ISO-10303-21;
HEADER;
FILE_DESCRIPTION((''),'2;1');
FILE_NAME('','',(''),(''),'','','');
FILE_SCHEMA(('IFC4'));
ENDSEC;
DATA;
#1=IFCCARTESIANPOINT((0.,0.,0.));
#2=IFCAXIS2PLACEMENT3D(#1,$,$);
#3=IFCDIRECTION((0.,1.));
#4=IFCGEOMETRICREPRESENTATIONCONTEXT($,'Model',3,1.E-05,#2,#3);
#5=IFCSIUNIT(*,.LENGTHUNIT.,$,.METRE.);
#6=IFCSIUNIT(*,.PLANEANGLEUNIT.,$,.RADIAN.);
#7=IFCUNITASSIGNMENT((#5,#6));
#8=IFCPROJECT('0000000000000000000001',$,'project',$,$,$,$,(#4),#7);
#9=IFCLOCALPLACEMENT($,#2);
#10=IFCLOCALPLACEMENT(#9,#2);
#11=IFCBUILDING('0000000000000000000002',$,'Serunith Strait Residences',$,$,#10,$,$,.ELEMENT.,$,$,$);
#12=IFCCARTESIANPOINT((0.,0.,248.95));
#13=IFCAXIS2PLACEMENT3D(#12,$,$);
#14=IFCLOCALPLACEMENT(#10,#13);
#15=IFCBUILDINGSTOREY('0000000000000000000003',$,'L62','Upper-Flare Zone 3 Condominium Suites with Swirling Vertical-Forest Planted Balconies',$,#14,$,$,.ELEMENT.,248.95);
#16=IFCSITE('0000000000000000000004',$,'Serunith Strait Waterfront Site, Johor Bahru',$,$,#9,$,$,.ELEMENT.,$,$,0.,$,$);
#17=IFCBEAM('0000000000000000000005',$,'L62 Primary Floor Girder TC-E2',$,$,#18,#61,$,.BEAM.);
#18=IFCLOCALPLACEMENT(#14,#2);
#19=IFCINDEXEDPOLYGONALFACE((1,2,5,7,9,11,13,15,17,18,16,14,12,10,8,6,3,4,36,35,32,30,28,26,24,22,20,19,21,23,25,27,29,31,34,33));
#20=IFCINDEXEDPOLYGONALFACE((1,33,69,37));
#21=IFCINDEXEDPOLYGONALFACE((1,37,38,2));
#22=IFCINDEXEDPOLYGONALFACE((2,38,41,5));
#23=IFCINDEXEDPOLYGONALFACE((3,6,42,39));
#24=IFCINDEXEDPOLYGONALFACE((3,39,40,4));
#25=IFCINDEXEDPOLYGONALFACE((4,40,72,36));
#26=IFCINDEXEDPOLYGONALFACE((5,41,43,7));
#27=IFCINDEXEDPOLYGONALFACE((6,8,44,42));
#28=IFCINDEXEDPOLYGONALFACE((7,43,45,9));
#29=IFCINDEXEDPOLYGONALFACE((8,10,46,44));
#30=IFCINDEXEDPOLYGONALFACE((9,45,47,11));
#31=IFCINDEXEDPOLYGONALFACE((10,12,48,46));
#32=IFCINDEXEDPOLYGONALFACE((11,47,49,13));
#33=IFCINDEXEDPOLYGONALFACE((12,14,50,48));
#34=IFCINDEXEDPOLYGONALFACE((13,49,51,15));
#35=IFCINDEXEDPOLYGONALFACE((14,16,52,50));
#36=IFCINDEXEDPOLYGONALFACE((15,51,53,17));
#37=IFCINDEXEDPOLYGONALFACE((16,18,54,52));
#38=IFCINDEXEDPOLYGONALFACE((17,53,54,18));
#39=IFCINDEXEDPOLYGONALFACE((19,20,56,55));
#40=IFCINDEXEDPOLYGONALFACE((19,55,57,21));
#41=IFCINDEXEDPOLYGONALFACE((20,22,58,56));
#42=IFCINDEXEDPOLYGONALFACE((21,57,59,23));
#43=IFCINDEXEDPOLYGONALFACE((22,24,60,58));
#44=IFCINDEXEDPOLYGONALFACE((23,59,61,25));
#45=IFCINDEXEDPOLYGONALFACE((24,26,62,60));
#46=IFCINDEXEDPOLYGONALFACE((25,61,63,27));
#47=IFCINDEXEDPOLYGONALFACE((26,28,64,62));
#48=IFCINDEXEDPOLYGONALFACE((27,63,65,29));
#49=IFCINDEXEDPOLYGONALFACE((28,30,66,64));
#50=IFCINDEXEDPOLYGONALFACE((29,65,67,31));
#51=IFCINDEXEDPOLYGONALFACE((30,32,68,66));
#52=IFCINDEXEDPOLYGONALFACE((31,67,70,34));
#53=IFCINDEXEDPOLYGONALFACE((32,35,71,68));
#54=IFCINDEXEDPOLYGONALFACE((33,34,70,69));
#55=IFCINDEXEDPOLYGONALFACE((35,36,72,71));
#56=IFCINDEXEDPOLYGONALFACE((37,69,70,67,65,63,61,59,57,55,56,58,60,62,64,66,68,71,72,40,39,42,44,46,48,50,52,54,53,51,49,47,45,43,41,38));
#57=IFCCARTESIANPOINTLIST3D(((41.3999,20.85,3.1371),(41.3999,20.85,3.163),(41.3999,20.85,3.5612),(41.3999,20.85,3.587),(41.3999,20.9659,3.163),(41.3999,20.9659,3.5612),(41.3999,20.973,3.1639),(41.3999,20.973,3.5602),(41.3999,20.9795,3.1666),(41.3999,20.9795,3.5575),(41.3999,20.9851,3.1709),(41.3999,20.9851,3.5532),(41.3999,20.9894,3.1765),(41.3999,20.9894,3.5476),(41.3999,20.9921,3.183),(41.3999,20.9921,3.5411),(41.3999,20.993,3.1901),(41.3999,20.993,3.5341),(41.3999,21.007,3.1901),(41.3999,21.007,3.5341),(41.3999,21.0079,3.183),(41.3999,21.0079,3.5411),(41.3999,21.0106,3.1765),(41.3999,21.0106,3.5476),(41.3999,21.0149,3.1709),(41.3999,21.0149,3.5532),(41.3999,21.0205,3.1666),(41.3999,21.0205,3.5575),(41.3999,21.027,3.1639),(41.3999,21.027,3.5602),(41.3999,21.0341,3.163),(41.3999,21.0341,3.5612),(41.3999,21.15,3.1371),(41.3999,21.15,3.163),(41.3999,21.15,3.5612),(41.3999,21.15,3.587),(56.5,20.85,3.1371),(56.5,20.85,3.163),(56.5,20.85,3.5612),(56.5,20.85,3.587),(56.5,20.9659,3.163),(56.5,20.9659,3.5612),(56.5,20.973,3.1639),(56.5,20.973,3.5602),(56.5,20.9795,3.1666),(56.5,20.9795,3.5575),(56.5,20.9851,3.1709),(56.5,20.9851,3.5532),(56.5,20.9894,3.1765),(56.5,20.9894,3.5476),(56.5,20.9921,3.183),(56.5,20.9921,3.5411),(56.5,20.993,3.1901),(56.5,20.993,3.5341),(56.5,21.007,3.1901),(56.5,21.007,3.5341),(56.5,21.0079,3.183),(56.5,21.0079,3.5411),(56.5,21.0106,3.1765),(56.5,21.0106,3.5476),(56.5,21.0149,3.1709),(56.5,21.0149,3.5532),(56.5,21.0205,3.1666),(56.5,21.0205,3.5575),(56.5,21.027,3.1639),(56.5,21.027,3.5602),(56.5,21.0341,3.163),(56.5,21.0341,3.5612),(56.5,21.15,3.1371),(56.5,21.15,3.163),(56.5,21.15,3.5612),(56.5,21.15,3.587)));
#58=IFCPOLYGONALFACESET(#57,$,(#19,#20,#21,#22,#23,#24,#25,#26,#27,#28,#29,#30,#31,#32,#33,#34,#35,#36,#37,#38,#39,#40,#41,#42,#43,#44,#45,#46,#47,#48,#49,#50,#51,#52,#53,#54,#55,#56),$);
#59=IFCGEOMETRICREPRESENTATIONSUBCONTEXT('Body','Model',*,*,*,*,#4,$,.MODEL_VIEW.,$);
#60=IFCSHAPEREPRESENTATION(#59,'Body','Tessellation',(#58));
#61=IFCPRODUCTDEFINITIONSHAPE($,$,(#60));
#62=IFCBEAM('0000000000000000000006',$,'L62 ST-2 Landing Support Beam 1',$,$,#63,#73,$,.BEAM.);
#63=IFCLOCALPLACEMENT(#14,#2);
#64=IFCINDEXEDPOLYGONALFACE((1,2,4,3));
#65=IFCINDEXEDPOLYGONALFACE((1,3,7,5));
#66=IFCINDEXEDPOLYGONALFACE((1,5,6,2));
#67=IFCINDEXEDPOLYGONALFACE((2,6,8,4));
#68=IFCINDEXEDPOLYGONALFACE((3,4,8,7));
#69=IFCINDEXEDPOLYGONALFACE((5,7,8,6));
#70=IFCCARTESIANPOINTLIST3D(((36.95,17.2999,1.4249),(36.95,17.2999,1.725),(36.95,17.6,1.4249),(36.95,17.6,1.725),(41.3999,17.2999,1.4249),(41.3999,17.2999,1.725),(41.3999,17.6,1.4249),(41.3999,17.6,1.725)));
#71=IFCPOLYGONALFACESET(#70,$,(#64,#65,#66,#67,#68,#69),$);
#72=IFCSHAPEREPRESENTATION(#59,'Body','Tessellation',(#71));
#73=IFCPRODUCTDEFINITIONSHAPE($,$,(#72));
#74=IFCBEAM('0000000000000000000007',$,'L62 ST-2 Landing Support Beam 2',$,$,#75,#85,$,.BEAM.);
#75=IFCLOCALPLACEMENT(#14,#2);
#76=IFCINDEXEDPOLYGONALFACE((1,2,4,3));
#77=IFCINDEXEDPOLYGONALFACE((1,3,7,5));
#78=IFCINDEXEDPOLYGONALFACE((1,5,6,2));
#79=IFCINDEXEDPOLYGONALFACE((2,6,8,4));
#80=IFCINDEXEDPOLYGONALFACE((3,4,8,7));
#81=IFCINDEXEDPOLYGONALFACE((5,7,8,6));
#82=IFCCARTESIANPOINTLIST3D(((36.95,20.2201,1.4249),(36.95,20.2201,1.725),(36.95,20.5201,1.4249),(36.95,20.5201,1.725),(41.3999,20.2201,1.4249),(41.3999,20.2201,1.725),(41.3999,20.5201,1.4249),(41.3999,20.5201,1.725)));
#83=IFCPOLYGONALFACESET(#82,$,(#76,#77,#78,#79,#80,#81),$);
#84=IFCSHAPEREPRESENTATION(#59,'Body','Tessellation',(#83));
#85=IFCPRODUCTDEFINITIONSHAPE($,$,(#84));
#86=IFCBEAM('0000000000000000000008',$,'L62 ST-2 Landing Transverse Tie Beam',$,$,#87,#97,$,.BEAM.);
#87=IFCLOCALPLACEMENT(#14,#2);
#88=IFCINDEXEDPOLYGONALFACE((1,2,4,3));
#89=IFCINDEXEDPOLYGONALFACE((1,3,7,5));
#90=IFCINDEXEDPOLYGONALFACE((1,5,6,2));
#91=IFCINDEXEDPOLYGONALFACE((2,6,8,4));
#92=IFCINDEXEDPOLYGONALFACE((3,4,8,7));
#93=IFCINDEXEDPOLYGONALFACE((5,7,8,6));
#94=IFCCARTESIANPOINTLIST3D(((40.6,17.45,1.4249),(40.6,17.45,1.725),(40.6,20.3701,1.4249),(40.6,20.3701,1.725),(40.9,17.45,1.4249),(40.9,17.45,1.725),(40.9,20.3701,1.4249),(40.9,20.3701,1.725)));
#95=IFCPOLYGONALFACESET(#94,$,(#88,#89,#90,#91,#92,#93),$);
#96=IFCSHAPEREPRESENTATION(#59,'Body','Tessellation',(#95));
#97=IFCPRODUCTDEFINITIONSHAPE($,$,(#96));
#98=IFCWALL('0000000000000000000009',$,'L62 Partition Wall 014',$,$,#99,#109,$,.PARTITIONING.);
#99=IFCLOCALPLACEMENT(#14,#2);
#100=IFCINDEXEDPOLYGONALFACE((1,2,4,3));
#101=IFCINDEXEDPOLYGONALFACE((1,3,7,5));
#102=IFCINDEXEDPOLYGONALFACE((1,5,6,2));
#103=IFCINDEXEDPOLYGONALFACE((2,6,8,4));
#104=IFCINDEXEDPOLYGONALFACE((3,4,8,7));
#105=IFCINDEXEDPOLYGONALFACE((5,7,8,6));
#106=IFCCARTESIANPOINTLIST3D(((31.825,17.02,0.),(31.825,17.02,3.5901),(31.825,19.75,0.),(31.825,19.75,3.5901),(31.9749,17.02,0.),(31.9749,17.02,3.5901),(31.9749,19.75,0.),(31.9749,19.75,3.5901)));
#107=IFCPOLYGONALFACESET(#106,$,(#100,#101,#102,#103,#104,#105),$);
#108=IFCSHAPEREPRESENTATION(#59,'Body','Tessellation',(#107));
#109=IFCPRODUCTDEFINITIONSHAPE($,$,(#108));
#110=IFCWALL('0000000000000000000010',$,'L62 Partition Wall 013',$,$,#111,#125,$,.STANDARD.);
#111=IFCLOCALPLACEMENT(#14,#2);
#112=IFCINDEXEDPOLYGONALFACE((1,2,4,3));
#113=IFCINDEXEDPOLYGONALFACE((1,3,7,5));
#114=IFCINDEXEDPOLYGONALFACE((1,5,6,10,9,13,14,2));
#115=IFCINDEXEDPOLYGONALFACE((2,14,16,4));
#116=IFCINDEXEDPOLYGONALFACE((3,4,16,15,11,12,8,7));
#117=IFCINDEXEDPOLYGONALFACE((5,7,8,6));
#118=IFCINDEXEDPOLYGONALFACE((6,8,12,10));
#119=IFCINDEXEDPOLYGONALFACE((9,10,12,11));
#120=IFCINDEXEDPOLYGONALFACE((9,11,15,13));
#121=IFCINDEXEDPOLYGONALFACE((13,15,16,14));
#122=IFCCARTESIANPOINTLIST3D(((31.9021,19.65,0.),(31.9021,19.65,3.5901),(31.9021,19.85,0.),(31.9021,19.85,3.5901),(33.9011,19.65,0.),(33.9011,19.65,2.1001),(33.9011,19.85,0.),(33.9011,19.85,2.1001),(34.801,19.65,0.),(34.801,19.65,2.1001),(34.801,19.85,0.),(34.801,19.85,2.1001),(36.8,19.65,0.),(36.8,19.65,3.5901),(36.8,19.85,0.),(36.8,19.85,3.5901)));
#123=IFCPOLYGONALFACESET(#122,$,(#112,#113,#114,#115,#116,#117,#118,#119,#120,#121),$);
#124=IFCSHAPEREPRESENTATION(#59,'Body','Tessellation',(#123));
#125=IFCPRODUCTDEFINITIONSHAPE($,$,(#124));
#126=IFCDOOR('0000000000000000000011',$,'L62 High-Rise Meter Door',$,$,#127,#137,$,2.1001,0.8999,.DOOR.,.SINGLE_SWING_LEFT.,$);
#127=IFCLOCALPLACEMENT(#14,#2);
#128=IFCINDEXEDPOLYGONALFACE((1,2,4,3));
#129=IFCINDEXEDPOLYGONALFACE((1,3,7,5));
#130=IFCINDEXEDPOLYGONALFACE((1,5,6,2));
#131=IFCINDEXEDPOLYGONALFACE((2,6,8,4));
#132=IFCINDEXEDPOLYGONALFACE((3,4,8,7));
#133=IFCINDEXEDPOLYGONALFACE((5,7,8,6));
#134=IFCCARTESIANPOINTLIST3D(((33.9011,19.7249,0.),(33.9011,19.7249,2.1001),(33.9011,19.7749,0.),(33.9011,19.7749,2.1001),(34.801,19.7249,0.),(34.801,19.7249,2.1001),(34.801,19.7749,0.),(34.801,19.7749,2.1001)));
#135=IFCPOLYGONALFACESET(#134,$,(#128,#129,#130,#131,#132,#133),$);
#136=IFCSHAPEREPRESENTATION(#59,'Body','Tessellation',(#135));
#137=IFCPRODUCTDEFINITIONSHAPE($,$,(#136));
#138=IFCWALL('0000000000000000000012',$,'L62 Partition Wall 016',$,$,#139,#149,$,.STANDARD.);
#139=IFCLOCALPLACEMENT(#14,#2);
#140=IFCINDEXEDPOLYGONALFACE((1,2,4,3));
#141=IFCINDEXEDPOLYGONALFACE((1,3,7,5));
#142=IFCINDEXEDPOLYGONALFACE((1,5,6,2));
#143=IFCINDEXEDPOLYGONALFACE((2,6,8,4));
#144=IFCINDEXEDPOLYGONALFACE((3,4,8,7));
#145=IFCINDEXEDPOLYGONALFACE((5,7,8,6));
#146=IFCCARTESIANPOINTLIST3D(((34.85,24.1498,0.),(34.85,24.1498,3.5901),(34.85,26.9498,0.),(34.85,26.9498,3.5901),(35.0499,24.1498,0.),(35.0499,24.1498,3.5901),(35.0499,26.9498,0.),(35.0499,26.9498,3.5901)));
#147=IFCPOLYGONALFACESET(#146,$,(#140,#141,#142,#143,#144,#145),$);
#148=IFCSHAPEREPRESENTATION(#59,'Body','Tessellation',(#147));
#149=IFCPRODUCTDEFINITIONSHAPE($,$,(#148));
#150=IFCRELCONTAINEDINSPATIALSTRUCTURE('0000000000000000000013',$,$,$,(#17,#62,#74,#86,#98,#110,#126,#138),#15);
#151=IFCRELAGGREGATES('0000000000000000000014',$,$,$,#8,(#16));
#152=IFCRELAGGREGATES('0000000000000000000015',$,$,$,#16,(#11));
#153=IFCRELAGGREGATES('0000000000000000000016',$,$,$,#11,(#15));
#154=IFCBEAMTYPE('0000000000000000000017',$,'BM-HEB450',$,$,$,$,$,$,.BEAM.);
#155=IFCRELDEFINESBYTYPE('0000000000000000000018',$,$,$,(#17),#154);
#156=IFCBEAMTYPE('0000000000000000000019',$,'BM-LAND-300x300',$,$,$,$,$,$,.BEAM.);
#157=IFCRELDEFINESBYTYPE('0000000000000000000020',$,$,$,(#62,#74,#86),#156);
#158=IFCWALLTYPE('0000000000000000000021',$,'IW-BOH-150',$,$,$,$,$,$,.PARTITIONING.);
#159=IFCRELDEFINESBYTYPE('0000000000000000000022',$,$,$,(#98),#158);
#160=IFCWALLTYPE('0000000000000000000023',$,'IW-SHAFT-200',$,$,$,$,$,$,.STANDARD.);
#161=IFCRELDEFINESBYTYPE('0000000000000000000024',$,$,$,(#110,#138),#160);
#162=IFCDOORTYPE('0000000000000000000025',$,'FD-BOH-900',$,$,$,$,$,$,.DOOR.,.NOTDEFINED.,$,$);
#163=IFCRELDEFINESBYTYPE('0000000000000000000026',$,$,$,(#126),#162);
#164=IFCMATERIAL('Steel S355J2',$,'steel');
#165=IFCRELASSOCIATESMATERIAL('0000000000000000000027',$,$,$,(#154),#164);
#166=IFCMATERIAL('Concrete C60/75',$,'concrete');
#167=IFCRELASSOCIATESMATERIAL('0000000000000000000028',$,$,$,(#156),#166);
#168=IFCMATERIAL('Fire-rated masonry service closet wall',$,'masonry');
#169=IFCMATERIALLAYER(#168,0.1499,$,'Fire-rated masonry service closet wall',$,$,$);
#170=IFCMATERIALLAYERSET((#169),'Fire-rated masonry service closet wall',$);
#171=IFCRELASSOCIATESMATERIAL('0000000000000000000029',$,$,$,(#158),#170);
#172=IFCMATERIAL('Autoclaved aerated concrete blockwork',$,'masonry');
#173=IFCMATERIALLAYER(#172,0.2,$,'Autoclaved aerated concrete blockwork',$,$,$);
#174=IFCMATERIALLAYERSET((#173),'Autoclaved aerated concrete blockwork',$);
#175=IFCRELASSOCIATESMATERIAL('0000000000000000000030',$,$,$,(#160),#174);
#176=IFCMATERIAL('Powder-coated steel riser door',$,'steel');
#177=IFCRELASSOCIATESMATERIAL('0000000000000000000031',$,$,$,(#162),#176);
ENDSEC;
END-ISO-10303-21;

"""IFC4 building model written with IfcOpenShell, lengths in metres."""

from ifc_helpers import new_model, si_unit, direction, frame, frame_2d, origin, origin_2d, place, context, subcontext, project, spatial, rectangle, i_section, extrude, source, transform, mapped, material, layer, layer_set, material_profile, profile_set, type_object, element, fill, save


model = new_model("IFC4")

# Units and contexts
model_context = context("Model", 3, precision=1e-05, world=origin(), true_north=direction((0.0, 1.0)))
body_context = subcontext(model_context, "Body", "Model", "MODEL_VIEW")
ifc_project = project(units=[si_unit("LENGTHUNIT", "METRE"), si_unit("PLANEANGLEUNIT", "RADIAN")], contexts=[model_context])

# Site, building, storey
site_placement = place(None, origin())
site = spatial("IfcSite", under=ifc_project, at=site_placement, Name="Serunith Strait Waterfront Site, Johor Bahru", CompositionType="ELEMENT", RefElevation=0.0)
building_placement = place(site_placement, origin())
building = spatial("IfcBuilding", under=site, at=building_placement, Name="Serunith Strait Residences", CompositionType="ELEMENT")
storey_placement = place(building_placement, frame((0.0, 0.0, 248.95)))
storey = spatial("IfcBuildingStorey", under=building, at=storey_placement, Name="L62", Description="Upper-Flare Zone 3 Condominium Suites with Swirling Vertical-Forest Planted Balconies", CompositionType="ELEMENT", Elevation=248.95)

# Beams
ifc_material_1 = material(Name="Steel S355J2", Category="steel")
ifc_material_profile_1 = material_profile(ifc_material_1, i_section(OverallWidth=0.3, OverallDepth=0.45, WebThickness=0.0139, FlangeThickness=0.0259, FilletRadius=0.0271, at=origin_2d()), Name="HEB 450")
ifc_profile_set_1 = profile_set([ifc_material_profile_1], Name="Steel S355J2")
beam_type_1 = type_object("IfcBeamType", Name="BM-HEB450", PredefinedType="BEAM", material=ifc_profile_set_1)
shared_shape_1 = source(origin(), body_context, "Body", "SweptSolid", [
    extrude(i_section(OverallWidth=0.3, OverallDepth=0.45, WebThickness=0.0139, FlangeThickness=0.0259, FilletRadius=0.0271, at=origin_2d()), origin(), (0.0, 0.0, 1.0), 15.1001),
])
beam_1_placement = place(storey_placement, frame((41.3999, 21.0, 3.3621), z_axis=(1.0, 0.0, 0.0), x_axis=(0.0, 1.0, 0.0)))
element("IfcBeam", 1, at=beam_1_placement, inside=storey, type_object=beam_type_1, Name="L62 Primary Floor Girder TC-E2", PredefinedType="BEAM", context=body_context, shape_type="MappedRepresentation", body=[
    mapped(shared_shape_1, transform((0.0, 0.0, 0.0), scale=1.0)),
])
ifc_material_2 = material(Name="Concrete C60/75", Category="concrete")
ifc_material_profile_2 = material_profile(ifc_material_2, rectangle(XDim=0.3, YDim=0.3, at=origin_2d()), Name="RC 300x300")
ifc_profile_set_2 = profile_set([ifc_material_profile_2], Name="Concrete C60/75")
beam_type_2 = type_object("IfcBeamType", Name="BM-LAND-300x300", PredefinedType="BEAM", material=ifc_profile_set_2)
shared_shape_2 = source(origin(), body_context, "Body", "SweptSolid", [
    extrude(rectangle(XDim=0.3, YDim=0.3, at=origin_2d()), origin(), (0.0, 0.0, 1.0), 4.45),
])
for number, where, z_axis, x_axis, name in (
    (2, (36.95, 17.45, 1.575), (1.0, 0.0, 0.0), (0.0, 1.0, 0.0), "L62 ST-2 Landing Support Beam 1"),
    (3, (36.95, 20.3701, 1.575), (1.0, 0.0, 0.0), (0.0, 1.0, 0.0), "L62 ST-2 Landing Support Beam 2"),
):
    element("IfcBeam", number, at=place(storey_placement, frame(where, z_axis=z_axis, x_axis=x_axis)), inside=storey, type_object=beam_type_2, Name=name, PredefinedType="BEAM", context=body_context, shape_type="MappedRepresentation", body=[
        mapped(shared_shape_2, transform((0.0, 0.0, 0.0), scale=1.0)),
    ])
shared_shape_3 = source(origin(), body_context, "Body", "SweptSolid", [
    extrude(rectangle(XDim=0.3, YDim=0.3, at=origin_2d()), origin(), (0.0, 0.0, 1.0), 2.9202),
])
beam_2_placement = place(storey_placement, frame((40.75, 17.45, 1.575), z_axis=(0.0, 1.0, 0.0), x_axis=(-1.0, 0.0, 0.0)))
element("IfcBeam", 4, at=beam_2_placement, inside=storey, type_object=beam_type_2, Name="L62 ST-2 Landing Transverse Tie Beam", PredefinedType="BEAM", context=body_context, shape_type="MappedRepresentation", body=[
    mapped(shared_shape_3, transform((0.0, 0.0, 0.0), scale=1.0)),
])

# Wall
ifc_material_3 = material(Name="Fire-rated masonry service closet wall", Category="masonry")
ifc_layer_1 = layer(ifc_material_3, 0.1499, Name="Fire-rated masonry service closet wall")
ifc_layer_set_1 = layer_set([ifc_layer_1], Name="Fire-rated masonry service closet wall")
wall_type_1 = type_object("IfcWallType", Name="IW-BOH-150", PredefinedType="PARTITIONING", material=ifc_layer_set_1)
wall_1_placement = place(storey_placement, frame((31.8999, 17.02, 0.0), z_axis=(0.0, 0.0, 1.0), x_axis=(0.0, 1.0, 0.0)))
element("IfcWall", 5, at=wall_1_placement, inside=storey, type_object=wall_type_1, Name="L62 Partition Wall 014", PredefinedType="PARTITIONING", context=body_context, shape_type="SweptSolid", body=[
    extrude(rectangle(XDim=2.73, YDim=0.1499, at=frame_2d((1.365, 0.0))), origin(), (0.0, 0.0, 1.0), 3.5901),
])

# Wall, opening, door
ifc_material_4 = material(Name="Autoclaved aerated concrete blockwork", Category="masonry")
ifc_layer_2 = layer(ifc_material_4, 0.2, Name="Autoclaved aerated concrete blockwork")
ifc_layer_set_2 = layer_set([ifc_layer_2], Name="Autoclaved aerated concrete blockwork")
wall_type_2 = type_object("IfcWallType", Name="IW-SHAFT-200", PredefinedType="STANDARD", material=ifc_layer_set_2)
wall_2_placement = place(storey_placement, frame((31.9021, 19.75, 0.0), z_axis=(0.0, 0.0, 1.0), x_axis=(1.0, 0.0, 0.0)))
wall_2 = element("IfcWall", 6, at=wall_2_placement, inside=storey, type_object=wall_type_2, Name="L62 Partition Wall 013", PredefinedType="STANDARD", context=body_context, shape_type="SweptSolid", body=[
    extrude(rectangle(XDim=4.8979, YDim=0.2, at=frame_2d((2.449, 0.0))), origin(), (0.0, 0.0, 1.0), 3.5901),
])
opening_1_placement = place(wall_2_placement, frame((1.999, 0.0, 0.0)))
opening_1 = element("IfcOpeningElement", 7, at=opening_1_placement, cuts=wall_2, PredefinedType="OPENING", context=body_context, shape_type="SweptSolid", body=[
    extrude(rectangle(XDim=0.8999, YDim=2.1001, at=frame_2d((0.45, 1.05))), frame((0.0, 0.1099, 0.0), z_axis=(0.0, -1.0, 0.0), x_axis=(1.0, 0.0, 0.0)), (0.0, 0.0, 1.0), 0.22),
])
ifc_material_5 = material(Name="Powder-coated steel riser door", Category="steel")
door_type_1 = type_object("IfcDoorType", Name="FD-BOH-900", OperationType="NOTDEFINED", PredefinedType="DOOR", material=ifc_material_5)
shared_shape_4 = source(origin(), body_context, "Body", "SweptSolid", [
    extrude(rectangle(XDim=0.8999, YDim=2.1001, at=frame_2d((0.45, 1.05))), frame((0.0, 0.0249, 0.0), z_axis=(0.0, -1.0, 0.0), x_axis=(1.0, 0.0, 0.0)), (0.0, 0.0, 1.0), 0.05),
])
door_1_placement = place(opening_1_placement, origin())
door_1 = element("IfcDoor", 8, at=door_1_placement, inside=storey, type_object=door_type_1, Name="L62 High-Rise Meter Door", OperationType="SINGLE_SWING_LEFT", OverallHeight=2.1001, OverallWidth=0.8999, PredefinedType="DOOR", context=body_context, shape_type="MappedRepresentation", body=[
    mapped(shared_shape_4, transform((0.0, 0.0, 0.0), scale=1.0)),
])
fill(opening_1, door_1)

# Wall
wall_3_placement = place(storey_placement, frame((34.95, 24.1499, 0.0), z_axis=(0.0, 0.0, 1.0), x_axis=(0.0, 1.0, 0.0)))
element("IfcWall", 9, at=wall_3_placement, inside=storey, type_object=wall_type_2, Name="L62 Partition Wall 016", PredefinedType="STANDARD", context=body_context, shape_type="SweptSolid", body=[
    extrude(rectangle(XDim=2.8, YDim=0.2, at=frame_2d((1.3999, 0.0))), origin(), (0.0, 0.0, 1.0), 3.5901),
])

save(model, "model.ifc")
